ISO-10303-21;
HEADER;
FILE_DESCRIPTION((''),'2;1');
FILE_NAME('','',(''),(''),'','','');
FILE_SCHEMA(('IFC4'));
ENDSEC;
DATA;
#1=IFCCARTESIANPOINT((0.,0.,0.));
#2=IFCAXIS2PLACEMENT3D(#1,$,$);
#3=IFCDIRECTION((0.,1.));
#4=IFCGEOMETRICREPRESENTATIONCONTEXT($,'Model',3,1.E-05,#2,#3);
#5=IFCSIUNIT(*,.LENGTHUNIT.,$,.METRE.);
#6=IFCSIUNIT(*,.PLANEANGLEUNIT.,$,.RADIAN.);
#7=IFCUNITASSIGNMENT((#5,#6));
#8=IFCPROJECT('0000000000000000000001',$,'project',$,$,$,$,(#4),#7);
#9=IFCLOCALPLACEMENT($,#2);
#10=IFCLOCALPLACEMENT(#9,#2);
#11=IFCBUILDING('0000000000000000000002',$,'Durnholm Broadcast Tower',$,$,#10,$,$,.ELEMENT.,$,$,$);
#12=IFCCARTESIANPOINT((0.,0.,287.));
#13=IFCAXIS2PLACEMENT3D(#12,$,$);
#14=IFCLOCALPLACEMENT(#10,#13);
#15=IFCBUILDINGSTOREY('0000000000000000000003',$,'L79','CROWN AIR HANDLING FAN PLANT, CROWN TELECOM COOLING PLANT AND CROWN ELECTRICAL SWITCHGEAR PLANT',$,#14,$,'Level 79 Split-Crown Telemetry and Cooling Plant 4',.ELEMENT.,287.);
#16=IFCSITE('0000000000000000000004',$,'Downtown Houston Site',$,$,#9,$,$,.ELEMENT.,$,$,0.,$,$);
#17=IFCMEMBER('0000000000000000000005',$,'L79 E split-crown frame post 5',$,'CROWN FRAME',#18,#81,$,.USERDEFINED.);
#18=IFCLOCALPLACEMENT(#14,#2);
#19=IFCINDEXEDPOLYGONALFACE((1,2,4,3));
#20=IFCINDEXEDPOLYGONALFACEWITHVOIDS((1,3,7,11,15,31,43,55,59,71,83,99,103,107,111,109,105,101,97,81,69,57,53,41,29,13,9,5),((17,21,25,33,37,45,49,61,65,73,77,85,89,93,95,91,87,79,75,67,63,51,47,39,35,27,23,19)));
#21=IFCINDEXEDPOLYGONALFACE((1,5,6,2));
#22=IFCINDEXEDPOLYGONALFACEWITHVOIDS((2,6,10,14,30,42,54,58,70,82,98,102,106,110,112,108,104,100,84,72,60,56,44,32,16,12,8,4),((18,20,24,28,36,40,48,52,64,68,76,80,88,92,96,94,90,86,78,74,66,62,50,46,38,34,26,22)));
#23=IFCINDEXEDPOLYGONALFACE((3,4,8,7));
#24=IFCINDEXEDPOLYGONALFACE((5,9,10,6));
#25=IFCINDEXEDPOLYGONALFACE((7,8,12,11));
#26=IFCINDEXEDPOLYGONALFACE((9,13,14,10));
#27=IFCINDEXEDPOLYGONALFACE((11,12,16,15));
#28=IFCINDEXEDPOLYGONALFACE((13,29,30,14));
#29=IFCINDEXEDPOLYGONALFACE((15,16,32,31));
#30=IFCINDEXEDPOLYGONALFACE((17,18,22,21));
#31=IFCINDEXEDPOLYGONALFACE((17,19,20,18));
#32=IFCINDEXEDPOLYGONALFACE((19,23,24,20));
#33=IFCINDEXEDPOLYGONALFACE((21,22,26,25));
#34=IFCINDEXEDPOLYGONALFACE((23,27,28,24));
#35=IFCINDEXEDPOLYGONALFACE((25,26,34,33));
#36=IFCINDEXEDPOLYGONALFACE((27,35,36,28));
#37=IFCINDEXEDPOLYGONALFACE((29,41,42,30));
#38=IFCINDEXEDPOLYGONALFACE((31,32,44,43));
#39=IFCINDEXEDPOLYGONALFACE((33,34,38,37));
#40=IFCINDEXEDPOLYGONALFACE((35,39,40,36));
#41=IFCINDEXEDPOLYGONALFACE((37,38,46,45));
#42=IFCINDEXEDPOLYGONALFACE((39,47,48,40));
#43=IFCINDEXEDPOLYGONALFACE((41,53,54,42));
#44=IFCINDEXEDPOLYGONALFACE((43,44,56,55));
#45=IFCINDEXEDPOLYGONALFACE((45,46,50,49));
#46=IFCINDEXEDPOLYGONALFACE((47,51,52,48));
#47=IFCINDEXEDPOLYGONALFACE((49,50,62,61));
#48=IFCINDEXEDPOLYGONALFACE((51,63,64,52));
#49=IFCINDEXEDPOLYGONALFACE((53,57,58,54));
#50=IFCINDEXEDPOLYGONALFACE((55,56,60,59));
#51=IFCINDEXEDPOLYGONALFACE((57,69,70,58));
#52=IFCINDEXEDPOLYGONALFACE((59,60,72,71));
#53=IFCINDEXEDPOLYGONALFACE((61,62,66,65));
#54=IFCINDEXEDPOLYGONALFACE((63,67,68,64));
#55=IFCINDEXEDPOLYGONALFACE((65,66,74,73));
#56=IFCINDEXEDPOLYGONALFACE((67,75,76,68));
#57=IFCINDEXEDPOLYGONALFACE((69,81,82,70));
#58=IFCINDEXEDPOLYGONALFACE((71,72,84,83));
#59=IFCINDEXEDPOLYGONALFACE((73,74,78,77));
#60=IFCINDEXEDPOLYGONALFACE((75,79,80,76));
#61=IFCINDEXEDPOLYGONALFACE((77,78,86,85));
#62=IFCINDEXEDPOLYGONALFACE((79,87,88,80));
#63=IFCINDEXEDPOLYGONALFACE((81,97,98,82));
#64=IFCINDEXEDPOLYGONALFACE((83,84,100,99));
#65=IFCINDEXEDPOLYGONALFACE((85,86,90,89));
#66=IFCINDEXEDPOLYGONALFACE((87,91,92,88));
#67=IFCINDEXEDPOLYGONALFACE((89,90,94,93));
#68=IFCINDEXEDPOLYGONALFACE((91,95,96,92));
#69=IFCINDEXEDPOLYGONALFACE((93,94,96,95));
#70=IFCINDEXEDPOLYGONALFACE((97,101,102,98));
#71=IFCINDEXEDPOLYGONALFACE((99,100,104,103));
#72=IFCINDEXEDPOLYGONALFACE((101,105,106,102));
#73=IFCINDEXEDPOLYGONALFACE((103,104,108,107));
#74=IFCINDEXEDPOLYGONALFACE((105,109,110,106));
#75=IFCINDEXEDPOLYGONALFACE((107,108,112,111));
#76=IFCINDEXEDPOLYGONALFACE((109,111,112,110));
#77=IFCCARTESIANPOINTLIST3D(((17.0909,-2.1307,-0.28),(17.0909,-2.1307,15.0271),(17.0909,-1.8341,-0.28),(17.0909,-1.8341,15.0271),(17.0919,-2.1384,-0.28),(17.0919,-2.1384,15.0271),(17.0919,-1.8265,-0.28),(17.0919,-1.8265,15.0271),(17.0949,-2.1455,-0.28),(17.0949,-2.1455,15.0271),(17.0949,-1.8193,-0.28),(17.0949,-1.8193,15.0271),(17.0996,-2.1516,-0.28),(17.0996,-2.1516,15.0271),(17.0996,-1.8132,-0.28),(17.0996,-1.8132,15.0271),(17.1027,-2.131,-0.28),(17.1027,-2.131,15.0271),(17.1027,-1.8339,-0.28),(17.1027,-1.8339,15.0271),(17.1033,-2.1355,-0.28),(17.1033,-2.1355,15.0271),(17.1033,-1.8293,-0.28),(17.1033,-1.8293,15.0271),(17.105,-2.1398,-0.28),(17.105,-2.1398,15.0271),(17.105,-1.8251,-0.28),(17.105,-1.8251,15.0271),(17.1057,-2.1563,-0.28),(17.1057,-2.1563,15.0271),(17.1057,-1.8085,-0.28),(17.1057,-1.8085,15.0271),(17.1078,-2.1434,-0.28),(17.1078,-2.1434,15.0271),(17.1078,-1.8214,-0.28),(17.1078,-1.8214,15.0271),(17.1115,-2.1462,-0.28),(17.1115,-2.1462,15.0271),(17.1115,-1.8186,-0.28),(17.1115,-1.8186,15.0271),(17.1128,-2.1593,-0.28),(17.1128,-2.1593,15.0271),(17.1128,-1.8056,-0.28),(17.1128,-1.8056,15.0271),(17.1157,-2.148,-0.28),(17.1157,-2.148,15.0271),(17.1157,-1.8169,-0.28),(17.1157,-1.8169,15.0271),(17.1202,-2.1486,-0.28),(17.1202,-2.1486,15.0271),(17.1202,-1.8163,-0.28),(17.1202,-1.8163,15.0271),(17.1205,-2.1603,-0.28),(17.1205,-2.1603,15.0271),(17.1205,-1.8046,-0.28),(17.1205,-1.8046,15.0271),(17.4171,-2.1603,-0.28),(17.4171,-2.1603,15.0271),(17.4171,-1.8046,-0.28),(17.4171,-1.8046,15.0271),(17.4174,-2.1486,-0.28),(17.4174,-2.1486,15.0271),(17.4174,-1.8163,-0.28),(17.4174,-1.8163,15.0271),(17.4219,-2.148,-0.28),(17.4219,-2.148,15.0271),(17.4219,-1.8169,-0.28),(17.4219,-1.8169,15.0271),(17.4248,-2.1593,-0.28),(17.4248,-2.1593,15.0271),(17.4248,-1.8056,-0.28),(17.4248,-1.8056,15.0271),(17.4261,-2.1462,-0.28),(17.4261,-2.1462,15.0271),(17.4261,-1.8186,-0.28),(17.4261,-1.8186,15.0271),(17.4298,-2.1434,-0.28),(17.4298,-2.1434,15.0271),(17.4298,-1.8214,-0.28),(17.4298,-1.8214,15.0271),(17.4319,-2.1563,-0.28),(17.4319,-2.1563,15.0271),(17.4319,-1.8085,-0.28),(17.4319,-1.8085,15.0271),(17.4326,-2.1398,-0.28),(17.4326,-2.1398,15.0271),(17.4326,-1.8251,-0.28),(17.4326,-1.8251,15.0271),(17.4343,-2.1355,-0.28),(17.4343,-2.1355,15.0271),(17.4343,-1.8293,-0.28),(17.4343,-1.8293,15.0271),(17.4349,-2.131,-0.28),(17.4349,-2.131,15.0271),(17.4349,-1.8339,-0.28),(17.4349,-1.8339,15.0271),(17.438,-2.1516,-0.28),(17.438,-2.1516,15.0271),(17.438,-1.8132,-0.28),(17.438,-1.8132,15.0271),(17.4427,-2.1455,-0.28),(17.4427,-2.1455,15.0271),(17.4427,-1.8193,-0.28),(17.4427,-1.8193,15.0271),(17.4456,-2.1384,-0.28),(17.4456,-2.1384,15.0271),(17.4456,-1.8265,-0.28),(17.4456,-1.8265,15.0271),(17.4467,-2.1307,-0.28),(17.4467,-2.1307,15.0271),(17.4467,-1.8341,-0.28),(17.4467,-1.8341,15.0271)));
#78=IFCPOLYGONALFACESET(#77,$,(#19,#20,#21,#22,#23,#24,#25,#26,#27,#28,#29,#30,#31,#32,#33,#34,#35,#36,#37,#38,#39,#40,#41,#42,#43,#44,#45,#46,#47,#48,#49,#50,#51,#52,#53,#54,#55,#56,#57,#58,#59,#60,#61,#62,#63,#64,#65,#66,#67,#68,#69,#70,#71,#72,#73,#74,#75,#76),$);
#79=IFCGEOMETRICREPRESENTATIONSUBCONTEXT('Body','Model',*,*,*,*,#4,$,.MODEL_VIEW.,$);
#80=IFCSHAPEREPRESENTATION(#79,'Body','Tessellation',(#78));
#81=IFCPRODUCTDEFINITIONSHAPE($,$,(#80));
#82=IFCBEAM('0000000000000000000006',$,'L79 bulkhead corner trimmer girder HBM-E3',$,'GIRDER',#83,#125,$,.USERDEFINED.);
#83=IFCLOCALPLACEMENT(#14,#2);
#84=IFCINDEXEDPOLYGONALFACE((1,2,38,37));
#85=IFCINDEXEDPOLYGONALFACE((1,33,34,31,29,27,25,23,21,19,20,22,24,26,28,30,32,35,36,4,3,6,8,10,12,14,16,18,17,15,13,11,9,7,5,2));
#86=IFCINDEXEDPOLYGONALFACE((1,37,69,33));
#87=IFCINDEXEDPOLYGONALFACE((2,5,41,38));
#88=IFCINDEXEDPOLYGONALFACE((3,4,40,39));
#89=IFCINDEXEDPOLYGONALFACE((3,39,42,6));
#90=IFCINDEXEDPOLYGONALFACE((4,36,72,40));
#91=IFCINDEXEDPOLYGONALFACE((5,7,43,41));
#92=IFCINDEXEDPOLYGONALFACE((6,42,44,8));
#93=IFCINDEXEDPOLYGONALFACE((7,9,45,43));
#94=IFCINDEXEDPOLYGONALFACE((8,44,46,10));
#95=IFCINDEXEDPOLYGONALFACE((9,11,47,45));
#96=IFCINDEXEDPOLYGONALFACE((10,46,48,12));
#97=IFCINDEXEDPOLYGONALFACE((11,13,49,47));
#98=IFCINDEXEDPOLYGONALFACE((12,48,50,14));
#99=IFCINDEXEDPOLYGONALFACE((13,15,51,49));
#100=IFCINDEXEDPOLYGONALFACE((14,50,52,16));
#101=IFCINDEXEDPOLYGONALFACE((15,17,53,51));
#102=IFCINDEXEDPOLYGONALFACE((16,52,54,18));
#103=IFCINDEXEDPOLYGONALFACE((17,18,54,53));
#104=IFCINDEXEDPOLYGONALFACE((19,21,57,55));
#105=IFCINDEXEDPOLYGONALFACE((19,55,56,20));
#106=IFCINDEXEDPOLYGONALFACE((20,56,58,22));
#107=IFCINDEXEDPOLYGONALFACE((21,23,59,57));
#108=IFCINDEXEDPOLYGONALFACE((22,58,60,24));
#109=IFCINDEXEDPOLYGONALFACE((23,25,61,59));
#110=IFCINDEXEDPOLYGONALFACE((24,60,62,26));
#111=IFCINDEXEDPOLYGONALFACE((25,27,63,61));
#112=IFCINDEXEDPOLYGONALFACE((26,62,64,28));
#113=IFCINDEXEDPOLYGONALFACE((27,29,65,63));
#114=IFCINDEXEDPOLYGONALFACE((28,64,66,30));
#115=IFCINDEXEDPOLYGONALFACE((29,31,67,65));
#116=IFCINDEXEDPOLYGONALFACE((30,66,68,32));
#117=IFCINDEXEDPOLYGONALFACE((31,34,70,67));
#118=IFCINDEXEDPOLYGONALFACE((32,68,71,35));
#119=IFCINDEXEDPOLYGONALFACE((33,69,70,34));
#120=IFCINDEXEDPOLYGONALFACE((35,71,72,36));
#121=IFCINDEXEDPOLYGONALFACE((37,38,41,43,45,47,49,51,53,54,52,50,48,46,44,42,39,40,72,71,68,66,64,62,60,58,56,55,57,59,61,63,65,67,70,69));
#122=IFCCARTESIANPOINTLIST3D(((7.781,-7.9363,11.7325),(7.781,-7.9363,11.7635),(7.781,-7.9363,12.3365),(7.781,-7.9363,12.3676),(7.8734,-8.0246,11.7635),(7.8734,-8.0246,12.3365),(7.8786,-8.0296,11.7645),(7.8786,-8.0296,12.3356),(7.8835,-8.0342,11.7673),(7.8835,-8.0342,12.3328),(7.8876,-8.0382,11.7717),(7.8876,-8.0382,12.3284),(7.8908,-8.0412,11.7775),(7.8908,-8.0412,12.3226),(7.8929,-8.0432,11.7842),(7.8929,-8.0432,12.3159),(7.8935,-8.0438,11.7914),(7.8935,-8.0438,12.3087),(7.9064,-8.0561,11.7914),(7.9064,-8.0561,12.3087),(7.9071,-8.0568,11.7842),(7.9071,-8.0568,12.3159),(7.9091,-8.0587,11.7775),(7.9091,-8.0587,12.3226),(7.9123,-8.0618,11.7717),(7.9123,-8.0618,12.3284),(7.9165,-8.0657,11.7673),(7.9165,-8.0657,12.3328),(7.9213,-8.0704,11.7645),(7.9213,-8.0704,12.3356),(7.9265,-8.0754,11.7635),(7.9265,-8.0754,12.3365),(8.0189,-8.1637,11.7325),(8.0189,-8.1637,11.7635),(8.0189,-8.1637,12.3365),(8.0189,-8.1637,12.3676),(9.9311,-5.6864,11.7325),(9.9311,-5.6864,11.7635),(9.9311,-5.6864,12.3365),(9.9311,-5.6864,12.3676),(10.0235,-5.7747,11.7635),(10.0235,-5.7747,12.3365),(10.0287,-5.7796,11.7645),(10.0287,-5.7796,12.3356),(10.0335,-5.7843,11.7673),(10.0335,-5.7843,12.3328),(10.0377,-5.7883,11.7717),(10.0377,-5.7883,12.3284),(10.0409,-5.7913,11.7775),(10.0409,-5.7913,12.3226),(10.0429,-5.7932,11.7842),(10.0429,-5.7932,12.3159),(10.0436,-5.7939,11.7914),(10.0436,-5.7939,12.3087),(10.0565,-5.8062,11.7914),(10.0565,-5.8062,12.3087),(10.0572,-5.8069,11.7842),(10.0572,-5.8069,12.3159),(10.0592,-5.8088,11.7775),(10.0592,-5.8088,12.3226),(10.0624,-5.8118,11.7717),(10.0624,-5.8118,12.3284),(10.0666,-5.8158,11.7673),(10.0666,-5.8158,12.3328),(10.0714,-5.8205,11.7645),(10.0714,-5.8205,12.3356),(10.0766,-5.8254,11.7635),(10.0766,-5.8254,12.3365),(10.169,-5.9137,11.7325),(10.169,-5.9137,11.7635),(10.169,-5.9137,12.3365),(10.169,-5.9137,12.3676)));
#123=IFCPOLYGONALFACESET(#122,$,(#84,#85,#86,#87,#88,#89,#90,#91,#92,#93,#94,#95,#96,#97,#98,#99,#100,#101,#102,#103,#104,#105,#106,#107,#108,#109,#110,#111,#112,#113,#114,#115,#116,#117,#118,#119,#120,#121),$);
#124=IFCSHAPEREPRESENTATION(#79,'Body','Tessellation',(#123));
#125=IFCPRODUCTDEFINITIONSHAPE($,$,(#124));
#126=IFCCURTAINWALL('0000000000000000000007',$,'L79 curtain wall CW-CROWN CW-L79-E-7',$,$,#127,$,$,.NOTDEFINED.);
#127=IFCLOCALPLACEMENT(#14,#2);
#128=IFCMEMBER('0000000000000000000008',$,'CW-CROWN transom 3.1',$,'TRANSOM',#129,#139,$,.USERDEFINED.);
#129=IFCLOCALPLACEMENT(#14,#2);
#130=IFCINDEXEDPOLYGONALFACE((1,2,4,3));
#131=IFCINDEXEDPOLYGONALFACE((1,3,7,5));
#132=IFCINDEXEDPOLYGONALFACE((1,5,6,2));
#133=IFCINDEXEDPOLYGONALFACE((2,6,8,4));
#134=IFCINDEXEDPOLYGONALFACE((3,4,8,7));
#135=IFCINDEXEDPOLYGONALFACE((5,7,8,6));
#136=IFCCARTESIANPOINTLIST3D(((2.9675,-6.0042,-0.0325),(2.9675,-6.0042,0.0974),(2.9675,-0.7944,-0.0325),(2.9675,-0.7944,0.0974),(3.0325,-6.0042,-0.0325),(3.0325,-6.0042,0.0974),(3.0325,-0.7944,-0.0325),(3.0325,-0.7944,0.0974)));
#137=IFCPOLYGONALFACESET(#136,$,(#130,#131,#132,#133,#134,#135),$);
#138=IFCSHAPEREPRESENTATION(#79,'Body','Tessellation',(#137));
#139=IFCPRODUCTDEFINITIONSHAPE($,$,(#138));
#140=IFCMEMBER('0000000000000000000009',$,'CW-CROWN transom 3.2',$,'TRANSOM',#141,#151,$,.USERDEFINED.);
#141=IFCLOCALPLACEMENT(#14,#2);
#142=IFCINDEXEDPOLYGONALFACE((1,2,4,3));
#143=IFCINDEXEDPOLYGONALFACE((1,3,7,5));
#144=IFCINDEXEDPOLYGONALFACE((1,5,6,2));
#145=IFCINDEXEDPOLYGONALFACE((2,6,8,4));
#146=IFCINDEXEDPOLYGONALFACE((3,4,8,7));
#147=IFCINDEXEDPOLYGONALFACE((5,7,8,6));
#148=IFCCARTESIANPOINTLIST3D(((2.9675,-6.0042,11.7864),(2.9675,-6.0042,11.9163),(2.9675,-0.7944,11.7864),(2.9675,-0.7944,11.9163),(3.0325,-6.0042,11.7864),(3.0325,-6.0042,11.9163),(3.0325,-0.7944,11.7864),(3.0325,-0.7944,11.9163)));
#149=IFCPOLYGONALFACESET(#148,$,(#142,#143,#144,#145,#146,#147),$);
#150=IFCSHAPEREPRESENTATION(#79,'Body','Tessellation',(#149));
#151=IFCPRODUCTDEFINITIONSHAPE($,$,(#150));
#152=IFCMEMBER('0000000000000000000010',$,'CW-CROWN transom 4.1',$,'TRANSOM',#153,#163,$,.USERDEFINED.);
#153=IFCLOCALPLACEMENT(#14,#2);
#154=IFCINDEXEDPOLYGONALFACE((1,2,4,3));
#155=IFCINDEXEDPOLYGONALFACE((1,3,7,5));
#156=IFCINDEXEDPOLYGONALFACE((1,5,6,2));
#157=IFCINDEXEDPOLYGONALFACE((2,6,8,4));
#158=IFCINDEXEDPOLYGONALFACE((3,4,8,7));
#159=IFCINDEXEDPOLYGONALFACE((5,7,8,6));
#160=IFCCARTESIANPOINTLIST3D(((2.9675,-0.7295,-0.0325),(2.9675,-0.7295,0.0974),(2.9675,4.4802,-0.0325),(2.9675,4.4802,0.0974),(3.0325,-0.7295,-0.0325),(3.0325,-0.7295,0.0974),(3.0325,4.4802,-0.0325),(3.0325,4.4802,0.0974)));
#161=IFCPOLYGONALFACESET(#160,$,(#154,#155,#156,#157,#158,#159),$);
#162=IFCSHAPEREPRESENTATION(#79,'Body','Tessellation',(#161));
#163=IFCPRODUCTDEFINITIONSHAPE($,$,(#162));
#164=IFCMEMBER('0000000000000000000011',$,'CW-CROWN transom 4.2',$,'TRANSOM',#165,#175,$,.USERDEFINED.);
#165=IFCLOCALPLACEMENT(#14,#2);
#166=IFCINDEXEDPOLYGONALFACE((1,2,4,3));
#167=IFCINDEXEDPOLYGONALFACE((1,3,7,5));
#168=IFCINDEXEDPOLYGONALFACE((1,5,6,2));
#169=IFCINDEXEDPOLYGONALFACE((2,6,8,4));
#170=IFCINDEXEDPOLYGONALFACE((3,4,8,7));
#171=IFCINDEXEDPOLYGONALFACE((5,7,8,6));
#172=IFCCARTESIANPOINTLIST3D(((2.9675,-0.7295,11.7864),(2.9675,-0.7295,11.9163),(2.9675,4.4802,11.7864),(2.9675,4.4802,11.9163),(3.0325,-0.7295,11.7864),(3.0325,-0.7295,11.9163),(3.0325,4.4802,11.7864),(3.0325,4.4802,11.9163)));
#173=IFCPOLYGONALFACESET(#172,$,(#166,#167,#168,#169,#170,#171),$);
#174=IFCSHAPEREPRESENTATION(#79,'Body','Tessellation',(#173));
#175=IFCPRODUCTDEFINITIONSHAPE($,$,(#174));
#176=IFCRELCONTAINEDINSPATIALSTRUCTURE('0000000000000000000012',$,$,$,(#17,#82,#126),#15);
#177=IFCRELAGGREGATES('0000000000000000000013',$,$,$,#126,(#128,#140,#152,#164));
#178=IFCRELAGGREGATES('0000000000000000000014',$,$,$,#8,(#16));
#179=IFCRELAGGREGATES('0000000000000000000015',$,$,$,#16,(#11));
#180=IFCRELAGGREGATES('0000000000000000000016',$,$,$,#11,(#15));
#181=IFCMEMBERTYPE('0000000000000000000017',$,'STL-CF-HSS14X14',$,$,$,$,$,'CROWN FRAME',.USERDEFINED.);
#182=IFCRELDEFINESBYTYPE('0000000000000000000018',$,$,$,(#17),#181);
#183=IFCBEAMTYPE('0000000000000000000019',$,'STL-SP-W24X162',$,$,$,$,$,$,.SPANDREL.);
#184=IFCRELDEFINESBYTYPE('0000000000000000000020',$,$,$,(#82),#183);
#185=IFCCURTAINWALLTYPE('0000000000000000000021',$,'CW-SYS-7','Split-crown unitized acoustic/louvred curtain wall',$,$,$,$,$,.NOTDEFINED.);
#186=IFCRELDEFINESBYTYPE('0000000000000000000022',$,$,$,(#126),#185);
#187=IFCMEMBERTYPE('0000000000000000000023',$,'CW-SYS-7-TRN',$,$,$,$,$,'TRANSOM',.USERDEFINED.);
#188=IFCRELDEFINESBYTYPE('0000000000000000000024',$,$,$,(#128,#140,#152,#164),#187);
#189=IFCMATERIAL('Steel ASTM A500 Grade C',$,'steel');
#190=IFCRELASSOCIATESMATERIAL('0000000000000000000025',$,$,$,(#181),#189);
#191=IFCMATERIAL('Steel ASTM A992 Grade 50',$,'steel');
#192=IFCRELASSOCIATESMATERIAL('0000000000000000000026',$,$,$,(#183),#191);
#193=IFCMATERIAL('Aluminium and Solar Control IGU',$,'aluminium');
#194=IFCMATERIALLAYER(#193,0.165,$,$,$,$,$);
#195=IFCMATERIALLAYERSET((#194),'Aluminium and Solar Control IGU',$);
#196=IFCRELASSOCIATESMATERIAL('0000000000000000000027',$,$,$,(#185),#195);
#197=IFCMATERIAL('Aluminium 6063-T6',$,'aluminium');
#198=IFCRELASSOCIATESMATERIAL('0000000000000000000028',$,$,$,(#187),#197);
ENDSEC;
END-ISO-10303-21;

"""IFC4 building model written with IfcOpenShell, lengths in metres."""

from ifc_helpers import new_model, si_unit, direction, frame, origin, origin_2d, place, context, subcontext, project, spatial, rectangle, hollow_rectangle, i_section, extrude, source, transform, mapped, material, layer, layer_set, material_profile, profile_set, type_object, type_shapes, element, aggregate, save


model = new_model("IFC4")

# Units and contexts
model_context = context("Model", 3, precision=1e-05, world=origin(), true_north=direction((0.0, 1.0)))
body_context = subcontext(model_context, "Body", "Model", "MODEL_VIEW")
ifc_project = project(units=[si_unit("LENGTHUNIT", "METRE"), si_unit("PLANEANGLEUNIT", "RADIAN")], contexts=[model_context])

# Site, building, storey
site_placement = place(None, origin())
site = spatial("IfcSite", under=ifc_project, at=site_placement, Name="Downtown Houston Site", CompositionType="ELEMENT", RefElevation=0.0)
building_placement = place(site_placement, origin())
building = spatial("IfcBuilding", under=site, at=building_placement, Name="Durnholm Broadcast Tower", CompositionType="ELEMENT")
storey_placement = place(building_placement, frame((0.0, 0.0, 287.0)))
storey = spatial("IfcBuildingStorey", under=building, at=storey_placement, Name="L79", Description="CROWN AIR HANDLING FAN PLANT, CROWN TELECOM COOLING PLANT AND CROWN ELECTRICAL SWITCHGEAR PLANT", LongName="Level 79 Split-Crown Telemetry and Cooling Plant 4", CompositionType="ELEMENT", Elevation=287.0)

# Shared definitions
ifc_material_1 = material(Name="Steel ASTM A500 Grade C", Category="steel")

# Shared definitions
ifc_material_2 = material(Name="Steel ASTM A992 Grade 50", Category="steel")

# Member
ifc_material_profile_1 = material_profile(ifc_material_1, hollow_rectangle(XDim=0.3557, YDim=0.3557, WallThickness=0.0117, InnerFilletRadius=0.0176, OuterFilletRadius=0.0295, at=origin_2d()), Name="HSS14X14X1/2")
ifc_profile_set_1 = profile_set([ifc_material_profile_1], Name="Steel ASTM A500 Grade C")
member_type_1 = type_object("IfcMemberType", Name="STL-CF-HSS14X14", ElementType="CROWN FRAME", PredefinedType="USERDEFINED", material=ifc_profile_set_1)
shared_shape_1 = source(origin(), body_context, "Body", "SweptSolid", [
    extrude(hollow_rectangle(XDim=0.3557, YDim=0.3557, WallThickness=0.0117, InnerFilletRadius=0.0176, OuterFilletRadius=0.0295, at=origin_2d()), origin(), (0.0, 0.0, 1.0), 15.3071),
])
type_shapes(member_type_1, [shared_shape_1])
member_1_placement = place(storey_placement, frame((17.2688, -1.9824, -0.28), z_axis=(0.0, 0.0, 1.0), x_axis=(1.0, 0.0, 0.0)))
element("IfcMember", 1, at=member_1_placement, inside=storey, type_object=member_type_1, Name="L79 E split-crown frame post 5", ObjectType="CROWN FRAME", PredefinedType="USERDEFINED", context=body_context, shape_type="MappedRepresentation", body=[
    mapped(shared_shape_1, transform((0.0, 0.0, 0.0), x_axis=(1.0, 0.0, 0.0), y_axis=(0.0, 1.0, 0.0), z_axis=(0.0, 0.0, 1.0), scale=1.0)),
])

# Beam
ifc_material_profile_2 = material_profile(ifc_material_2, i_section(OverallWidth=0.3291, OverallDepth=0.635, WebThickness=0.0178, FlangeThickness=0.031, FilletRadius=0.0278, at=origin_2d()), Name="W24X162")
ifc_profile_set_2 = profile_set([ifc_material_profile_2], Name="Steel ASTM A992 Grade 50")
beam_type_1 = type_object("IfcBeamType", Name="STL-SP-W24X162", PredefinedType="SPANDREL", material=ifc_profile_set_2)
shared_shape_2 = source(origin(), body_context, "Body", "SweptSolid", [
    extrude(i_section(OverallWidth=0.3291, OverallDepth=0.635, WebThickness=0.0178, FlangeThickness=0.031, FilletRadius=0.0278, at=origin_2d()), origin(), (0.0, 0.0, 1.0), 3.1121),
])
type_shapes(beam_type_1, [shared_shape_2])
beam_1_placement = place(storey_placement, frame((10.05, -5.8, 12.05), z_axis=(-0.690882, -0.722967, 0.0), x_axis=(0.722967, -0.690882, 0.0)))
element("IfcBeam", 2, at=beam_1_placement, inside=storey, type_object=beam_type_1, Name="L79 bulkhead corner trimmer girder HBM-E3", ObjectType="GIRDER", PredefinedType="USERDEFINED", context=body_context, shape_type="MappedRepresentation", body=[
    mapped(shared_shape_2, transform((0.0, 0.0, 0.0), x_axis=(1.0, 0.0, 0.0), y_axis=(0.0, 1.0, 0.0), z_axis=(0.0, 0.0, 1.0), scale=1.0)),
])

# Curtain wall, members
ifc_material_3 = material(Name="Aluminium and Solar Control IGU", Category="aluminium")
ifc_layer_1 = layer(ifc_material_3, 0.165)
ifc_layer_set_1 = layer_set([ifc_layer_1], Name="Aluminium and Solar Control IGU")
curtain_wall_type = type_object("IfcCurtainWallType", Name="CW-SYS-7", Description="Split-crown unitized acoustic/louvred curtain wall", PredefinedType="NOTDEFINED", material=ifc_layer_set_1)
curtain_wall_placement = place(storey_placement, origin())
curtain_wall = element("IfcCurtainWall", 3, at=curtain_wall_placement, inside=storey, type_object=curtain_wall_type, Name="L79 curtain wall CW-CROWN CW-L79-E-7", PredefinedType="NOTDEFINED")
ifc_material_4 = material(Name="Aluminium 6063-T6", Category="aluminium")
ifc_material_profile_3 = material_profile(ifc_material_4, rectangle(XDim=0.0649, YDim=0.1299, at=origin_2d()), Name="CWT65X130")
ifc_profile_set_3 = profile_set([ifc_material_profile_3], Name="Aluminium 6063-T6")
member_type_2 = type_object("IfcMemberType", Name="CW-SYS-7-TRN", ElementType="TRANSOM", PredefinedType="USERDEFINED", material=ifc_profile_set_3)
shared_shape_3 = source(origin(), body_context, "Body", "SweptSolid", [
    extrude(rectangle(XDim=0.0649, YDim=0.1299, at=origin_2d()), origin(), (0.0, 0.0, 1.0), 5.2097),
])
type_shapes(member_type_2, [shared_shape_3])
member_2_placement = place(storey_placement, frame((3.0, -6.0042, 0.0325), z_axis=(0.0, 1.0, 0.0), x_axis=(-1.0, 0.0, 0.0)))
member_2 = element("IfcMember", 4, at=member_2_placement, type_object=member_type_2, Name="CW-CROWN transom 3.1", ObjectType="TRANSOM", PredefinedType="USERDEFINED", context=body_context, shape_type="MappedRepresentation", body=[
    mapped(shared_shape_3, transform((0.0, 0.0, 0.0), x_axis=(1.0, 0.0, 0.0), y_axis=(0.0, 1.0, 0.0), z_axis=(0.0, 0.0, 1.0), scale=1.0)),
])
member_3_placement = place(storey_placement, frame((3.0, -6.0042, 11.8513), z_axis=(0.0, 1.0, 0.0), x_axis=(-1.0, 0.0, 0.0)))
member_3 = element("IfcMember", 5, at=member_3_placement, type_object=member_type_2, Name="CW-CROWN transom 3.2", ObjectType="TRANSOM", PredefinedType="USERDEFINED", context=body_context, shape_type="MappedRepresentation", body=[
    mapped(shared_shape_3, transform((0.0, 0.0, 0.0), x_axis=(1.0, 0.0, 0.0), y_axis=(0.0, 1.0, 0.0), z_axis=(0.0, 0.0, 1.0), scale=1.0)),
])
member_4_placement = place(storey_placement, frame((3.0, -0.7295, 0.0325), z_axis=(0.0, 1.0, 0.0), x_axis=(-1.0, 0.0, 0.0)))
member_4 = element("IfcMember", 6, at=member_4_placement, type_object=member_type_2, Name="CW-CROWN transom 4.1", ObjectType="TRANSOM", PredefinedType="USERDEFINED", context=body_context, shape_type="MappedRepresentation", body=[
    mapped(shared_shape_3, transform((0.0, 0.0, 0.0), x_axis=(1.0, 0.0, 0.0), y_axis=(0.0, 1.0, 0.0), z_axis=(0.0, 0.0, 1.0), scale=1.0)),
])
member_5_placement = place(storey_placement, frame((3.0, -0.7295, 11.8513), z_axis=(0.0, 1.0, 0.0), x_axis=(-1.0, 0.0, 0.0)))
member_5 = element("IfcMember", 7, at=member_5_placement, type_object=member_type_2, Name="CW-CROWN transom 4.2", ObjectType="TRANSOM", PredefinedType="USERDEFINED", context=body_context, shape_type="MappedRepresentation", body=[
    mapped(shared_shape_3, transform((0.0, 0.0, 0.0), x_axis=(1.0, 0.0, 0.0), y_axis=(0.0, 1.0, 0.0), z_axis=(0.0, 0.0, 1.0), scale=1.0)),
])

aggregate(curtain_wall, [member_2, member_3, member_4, member_5])

save(model, "model.ifc")
